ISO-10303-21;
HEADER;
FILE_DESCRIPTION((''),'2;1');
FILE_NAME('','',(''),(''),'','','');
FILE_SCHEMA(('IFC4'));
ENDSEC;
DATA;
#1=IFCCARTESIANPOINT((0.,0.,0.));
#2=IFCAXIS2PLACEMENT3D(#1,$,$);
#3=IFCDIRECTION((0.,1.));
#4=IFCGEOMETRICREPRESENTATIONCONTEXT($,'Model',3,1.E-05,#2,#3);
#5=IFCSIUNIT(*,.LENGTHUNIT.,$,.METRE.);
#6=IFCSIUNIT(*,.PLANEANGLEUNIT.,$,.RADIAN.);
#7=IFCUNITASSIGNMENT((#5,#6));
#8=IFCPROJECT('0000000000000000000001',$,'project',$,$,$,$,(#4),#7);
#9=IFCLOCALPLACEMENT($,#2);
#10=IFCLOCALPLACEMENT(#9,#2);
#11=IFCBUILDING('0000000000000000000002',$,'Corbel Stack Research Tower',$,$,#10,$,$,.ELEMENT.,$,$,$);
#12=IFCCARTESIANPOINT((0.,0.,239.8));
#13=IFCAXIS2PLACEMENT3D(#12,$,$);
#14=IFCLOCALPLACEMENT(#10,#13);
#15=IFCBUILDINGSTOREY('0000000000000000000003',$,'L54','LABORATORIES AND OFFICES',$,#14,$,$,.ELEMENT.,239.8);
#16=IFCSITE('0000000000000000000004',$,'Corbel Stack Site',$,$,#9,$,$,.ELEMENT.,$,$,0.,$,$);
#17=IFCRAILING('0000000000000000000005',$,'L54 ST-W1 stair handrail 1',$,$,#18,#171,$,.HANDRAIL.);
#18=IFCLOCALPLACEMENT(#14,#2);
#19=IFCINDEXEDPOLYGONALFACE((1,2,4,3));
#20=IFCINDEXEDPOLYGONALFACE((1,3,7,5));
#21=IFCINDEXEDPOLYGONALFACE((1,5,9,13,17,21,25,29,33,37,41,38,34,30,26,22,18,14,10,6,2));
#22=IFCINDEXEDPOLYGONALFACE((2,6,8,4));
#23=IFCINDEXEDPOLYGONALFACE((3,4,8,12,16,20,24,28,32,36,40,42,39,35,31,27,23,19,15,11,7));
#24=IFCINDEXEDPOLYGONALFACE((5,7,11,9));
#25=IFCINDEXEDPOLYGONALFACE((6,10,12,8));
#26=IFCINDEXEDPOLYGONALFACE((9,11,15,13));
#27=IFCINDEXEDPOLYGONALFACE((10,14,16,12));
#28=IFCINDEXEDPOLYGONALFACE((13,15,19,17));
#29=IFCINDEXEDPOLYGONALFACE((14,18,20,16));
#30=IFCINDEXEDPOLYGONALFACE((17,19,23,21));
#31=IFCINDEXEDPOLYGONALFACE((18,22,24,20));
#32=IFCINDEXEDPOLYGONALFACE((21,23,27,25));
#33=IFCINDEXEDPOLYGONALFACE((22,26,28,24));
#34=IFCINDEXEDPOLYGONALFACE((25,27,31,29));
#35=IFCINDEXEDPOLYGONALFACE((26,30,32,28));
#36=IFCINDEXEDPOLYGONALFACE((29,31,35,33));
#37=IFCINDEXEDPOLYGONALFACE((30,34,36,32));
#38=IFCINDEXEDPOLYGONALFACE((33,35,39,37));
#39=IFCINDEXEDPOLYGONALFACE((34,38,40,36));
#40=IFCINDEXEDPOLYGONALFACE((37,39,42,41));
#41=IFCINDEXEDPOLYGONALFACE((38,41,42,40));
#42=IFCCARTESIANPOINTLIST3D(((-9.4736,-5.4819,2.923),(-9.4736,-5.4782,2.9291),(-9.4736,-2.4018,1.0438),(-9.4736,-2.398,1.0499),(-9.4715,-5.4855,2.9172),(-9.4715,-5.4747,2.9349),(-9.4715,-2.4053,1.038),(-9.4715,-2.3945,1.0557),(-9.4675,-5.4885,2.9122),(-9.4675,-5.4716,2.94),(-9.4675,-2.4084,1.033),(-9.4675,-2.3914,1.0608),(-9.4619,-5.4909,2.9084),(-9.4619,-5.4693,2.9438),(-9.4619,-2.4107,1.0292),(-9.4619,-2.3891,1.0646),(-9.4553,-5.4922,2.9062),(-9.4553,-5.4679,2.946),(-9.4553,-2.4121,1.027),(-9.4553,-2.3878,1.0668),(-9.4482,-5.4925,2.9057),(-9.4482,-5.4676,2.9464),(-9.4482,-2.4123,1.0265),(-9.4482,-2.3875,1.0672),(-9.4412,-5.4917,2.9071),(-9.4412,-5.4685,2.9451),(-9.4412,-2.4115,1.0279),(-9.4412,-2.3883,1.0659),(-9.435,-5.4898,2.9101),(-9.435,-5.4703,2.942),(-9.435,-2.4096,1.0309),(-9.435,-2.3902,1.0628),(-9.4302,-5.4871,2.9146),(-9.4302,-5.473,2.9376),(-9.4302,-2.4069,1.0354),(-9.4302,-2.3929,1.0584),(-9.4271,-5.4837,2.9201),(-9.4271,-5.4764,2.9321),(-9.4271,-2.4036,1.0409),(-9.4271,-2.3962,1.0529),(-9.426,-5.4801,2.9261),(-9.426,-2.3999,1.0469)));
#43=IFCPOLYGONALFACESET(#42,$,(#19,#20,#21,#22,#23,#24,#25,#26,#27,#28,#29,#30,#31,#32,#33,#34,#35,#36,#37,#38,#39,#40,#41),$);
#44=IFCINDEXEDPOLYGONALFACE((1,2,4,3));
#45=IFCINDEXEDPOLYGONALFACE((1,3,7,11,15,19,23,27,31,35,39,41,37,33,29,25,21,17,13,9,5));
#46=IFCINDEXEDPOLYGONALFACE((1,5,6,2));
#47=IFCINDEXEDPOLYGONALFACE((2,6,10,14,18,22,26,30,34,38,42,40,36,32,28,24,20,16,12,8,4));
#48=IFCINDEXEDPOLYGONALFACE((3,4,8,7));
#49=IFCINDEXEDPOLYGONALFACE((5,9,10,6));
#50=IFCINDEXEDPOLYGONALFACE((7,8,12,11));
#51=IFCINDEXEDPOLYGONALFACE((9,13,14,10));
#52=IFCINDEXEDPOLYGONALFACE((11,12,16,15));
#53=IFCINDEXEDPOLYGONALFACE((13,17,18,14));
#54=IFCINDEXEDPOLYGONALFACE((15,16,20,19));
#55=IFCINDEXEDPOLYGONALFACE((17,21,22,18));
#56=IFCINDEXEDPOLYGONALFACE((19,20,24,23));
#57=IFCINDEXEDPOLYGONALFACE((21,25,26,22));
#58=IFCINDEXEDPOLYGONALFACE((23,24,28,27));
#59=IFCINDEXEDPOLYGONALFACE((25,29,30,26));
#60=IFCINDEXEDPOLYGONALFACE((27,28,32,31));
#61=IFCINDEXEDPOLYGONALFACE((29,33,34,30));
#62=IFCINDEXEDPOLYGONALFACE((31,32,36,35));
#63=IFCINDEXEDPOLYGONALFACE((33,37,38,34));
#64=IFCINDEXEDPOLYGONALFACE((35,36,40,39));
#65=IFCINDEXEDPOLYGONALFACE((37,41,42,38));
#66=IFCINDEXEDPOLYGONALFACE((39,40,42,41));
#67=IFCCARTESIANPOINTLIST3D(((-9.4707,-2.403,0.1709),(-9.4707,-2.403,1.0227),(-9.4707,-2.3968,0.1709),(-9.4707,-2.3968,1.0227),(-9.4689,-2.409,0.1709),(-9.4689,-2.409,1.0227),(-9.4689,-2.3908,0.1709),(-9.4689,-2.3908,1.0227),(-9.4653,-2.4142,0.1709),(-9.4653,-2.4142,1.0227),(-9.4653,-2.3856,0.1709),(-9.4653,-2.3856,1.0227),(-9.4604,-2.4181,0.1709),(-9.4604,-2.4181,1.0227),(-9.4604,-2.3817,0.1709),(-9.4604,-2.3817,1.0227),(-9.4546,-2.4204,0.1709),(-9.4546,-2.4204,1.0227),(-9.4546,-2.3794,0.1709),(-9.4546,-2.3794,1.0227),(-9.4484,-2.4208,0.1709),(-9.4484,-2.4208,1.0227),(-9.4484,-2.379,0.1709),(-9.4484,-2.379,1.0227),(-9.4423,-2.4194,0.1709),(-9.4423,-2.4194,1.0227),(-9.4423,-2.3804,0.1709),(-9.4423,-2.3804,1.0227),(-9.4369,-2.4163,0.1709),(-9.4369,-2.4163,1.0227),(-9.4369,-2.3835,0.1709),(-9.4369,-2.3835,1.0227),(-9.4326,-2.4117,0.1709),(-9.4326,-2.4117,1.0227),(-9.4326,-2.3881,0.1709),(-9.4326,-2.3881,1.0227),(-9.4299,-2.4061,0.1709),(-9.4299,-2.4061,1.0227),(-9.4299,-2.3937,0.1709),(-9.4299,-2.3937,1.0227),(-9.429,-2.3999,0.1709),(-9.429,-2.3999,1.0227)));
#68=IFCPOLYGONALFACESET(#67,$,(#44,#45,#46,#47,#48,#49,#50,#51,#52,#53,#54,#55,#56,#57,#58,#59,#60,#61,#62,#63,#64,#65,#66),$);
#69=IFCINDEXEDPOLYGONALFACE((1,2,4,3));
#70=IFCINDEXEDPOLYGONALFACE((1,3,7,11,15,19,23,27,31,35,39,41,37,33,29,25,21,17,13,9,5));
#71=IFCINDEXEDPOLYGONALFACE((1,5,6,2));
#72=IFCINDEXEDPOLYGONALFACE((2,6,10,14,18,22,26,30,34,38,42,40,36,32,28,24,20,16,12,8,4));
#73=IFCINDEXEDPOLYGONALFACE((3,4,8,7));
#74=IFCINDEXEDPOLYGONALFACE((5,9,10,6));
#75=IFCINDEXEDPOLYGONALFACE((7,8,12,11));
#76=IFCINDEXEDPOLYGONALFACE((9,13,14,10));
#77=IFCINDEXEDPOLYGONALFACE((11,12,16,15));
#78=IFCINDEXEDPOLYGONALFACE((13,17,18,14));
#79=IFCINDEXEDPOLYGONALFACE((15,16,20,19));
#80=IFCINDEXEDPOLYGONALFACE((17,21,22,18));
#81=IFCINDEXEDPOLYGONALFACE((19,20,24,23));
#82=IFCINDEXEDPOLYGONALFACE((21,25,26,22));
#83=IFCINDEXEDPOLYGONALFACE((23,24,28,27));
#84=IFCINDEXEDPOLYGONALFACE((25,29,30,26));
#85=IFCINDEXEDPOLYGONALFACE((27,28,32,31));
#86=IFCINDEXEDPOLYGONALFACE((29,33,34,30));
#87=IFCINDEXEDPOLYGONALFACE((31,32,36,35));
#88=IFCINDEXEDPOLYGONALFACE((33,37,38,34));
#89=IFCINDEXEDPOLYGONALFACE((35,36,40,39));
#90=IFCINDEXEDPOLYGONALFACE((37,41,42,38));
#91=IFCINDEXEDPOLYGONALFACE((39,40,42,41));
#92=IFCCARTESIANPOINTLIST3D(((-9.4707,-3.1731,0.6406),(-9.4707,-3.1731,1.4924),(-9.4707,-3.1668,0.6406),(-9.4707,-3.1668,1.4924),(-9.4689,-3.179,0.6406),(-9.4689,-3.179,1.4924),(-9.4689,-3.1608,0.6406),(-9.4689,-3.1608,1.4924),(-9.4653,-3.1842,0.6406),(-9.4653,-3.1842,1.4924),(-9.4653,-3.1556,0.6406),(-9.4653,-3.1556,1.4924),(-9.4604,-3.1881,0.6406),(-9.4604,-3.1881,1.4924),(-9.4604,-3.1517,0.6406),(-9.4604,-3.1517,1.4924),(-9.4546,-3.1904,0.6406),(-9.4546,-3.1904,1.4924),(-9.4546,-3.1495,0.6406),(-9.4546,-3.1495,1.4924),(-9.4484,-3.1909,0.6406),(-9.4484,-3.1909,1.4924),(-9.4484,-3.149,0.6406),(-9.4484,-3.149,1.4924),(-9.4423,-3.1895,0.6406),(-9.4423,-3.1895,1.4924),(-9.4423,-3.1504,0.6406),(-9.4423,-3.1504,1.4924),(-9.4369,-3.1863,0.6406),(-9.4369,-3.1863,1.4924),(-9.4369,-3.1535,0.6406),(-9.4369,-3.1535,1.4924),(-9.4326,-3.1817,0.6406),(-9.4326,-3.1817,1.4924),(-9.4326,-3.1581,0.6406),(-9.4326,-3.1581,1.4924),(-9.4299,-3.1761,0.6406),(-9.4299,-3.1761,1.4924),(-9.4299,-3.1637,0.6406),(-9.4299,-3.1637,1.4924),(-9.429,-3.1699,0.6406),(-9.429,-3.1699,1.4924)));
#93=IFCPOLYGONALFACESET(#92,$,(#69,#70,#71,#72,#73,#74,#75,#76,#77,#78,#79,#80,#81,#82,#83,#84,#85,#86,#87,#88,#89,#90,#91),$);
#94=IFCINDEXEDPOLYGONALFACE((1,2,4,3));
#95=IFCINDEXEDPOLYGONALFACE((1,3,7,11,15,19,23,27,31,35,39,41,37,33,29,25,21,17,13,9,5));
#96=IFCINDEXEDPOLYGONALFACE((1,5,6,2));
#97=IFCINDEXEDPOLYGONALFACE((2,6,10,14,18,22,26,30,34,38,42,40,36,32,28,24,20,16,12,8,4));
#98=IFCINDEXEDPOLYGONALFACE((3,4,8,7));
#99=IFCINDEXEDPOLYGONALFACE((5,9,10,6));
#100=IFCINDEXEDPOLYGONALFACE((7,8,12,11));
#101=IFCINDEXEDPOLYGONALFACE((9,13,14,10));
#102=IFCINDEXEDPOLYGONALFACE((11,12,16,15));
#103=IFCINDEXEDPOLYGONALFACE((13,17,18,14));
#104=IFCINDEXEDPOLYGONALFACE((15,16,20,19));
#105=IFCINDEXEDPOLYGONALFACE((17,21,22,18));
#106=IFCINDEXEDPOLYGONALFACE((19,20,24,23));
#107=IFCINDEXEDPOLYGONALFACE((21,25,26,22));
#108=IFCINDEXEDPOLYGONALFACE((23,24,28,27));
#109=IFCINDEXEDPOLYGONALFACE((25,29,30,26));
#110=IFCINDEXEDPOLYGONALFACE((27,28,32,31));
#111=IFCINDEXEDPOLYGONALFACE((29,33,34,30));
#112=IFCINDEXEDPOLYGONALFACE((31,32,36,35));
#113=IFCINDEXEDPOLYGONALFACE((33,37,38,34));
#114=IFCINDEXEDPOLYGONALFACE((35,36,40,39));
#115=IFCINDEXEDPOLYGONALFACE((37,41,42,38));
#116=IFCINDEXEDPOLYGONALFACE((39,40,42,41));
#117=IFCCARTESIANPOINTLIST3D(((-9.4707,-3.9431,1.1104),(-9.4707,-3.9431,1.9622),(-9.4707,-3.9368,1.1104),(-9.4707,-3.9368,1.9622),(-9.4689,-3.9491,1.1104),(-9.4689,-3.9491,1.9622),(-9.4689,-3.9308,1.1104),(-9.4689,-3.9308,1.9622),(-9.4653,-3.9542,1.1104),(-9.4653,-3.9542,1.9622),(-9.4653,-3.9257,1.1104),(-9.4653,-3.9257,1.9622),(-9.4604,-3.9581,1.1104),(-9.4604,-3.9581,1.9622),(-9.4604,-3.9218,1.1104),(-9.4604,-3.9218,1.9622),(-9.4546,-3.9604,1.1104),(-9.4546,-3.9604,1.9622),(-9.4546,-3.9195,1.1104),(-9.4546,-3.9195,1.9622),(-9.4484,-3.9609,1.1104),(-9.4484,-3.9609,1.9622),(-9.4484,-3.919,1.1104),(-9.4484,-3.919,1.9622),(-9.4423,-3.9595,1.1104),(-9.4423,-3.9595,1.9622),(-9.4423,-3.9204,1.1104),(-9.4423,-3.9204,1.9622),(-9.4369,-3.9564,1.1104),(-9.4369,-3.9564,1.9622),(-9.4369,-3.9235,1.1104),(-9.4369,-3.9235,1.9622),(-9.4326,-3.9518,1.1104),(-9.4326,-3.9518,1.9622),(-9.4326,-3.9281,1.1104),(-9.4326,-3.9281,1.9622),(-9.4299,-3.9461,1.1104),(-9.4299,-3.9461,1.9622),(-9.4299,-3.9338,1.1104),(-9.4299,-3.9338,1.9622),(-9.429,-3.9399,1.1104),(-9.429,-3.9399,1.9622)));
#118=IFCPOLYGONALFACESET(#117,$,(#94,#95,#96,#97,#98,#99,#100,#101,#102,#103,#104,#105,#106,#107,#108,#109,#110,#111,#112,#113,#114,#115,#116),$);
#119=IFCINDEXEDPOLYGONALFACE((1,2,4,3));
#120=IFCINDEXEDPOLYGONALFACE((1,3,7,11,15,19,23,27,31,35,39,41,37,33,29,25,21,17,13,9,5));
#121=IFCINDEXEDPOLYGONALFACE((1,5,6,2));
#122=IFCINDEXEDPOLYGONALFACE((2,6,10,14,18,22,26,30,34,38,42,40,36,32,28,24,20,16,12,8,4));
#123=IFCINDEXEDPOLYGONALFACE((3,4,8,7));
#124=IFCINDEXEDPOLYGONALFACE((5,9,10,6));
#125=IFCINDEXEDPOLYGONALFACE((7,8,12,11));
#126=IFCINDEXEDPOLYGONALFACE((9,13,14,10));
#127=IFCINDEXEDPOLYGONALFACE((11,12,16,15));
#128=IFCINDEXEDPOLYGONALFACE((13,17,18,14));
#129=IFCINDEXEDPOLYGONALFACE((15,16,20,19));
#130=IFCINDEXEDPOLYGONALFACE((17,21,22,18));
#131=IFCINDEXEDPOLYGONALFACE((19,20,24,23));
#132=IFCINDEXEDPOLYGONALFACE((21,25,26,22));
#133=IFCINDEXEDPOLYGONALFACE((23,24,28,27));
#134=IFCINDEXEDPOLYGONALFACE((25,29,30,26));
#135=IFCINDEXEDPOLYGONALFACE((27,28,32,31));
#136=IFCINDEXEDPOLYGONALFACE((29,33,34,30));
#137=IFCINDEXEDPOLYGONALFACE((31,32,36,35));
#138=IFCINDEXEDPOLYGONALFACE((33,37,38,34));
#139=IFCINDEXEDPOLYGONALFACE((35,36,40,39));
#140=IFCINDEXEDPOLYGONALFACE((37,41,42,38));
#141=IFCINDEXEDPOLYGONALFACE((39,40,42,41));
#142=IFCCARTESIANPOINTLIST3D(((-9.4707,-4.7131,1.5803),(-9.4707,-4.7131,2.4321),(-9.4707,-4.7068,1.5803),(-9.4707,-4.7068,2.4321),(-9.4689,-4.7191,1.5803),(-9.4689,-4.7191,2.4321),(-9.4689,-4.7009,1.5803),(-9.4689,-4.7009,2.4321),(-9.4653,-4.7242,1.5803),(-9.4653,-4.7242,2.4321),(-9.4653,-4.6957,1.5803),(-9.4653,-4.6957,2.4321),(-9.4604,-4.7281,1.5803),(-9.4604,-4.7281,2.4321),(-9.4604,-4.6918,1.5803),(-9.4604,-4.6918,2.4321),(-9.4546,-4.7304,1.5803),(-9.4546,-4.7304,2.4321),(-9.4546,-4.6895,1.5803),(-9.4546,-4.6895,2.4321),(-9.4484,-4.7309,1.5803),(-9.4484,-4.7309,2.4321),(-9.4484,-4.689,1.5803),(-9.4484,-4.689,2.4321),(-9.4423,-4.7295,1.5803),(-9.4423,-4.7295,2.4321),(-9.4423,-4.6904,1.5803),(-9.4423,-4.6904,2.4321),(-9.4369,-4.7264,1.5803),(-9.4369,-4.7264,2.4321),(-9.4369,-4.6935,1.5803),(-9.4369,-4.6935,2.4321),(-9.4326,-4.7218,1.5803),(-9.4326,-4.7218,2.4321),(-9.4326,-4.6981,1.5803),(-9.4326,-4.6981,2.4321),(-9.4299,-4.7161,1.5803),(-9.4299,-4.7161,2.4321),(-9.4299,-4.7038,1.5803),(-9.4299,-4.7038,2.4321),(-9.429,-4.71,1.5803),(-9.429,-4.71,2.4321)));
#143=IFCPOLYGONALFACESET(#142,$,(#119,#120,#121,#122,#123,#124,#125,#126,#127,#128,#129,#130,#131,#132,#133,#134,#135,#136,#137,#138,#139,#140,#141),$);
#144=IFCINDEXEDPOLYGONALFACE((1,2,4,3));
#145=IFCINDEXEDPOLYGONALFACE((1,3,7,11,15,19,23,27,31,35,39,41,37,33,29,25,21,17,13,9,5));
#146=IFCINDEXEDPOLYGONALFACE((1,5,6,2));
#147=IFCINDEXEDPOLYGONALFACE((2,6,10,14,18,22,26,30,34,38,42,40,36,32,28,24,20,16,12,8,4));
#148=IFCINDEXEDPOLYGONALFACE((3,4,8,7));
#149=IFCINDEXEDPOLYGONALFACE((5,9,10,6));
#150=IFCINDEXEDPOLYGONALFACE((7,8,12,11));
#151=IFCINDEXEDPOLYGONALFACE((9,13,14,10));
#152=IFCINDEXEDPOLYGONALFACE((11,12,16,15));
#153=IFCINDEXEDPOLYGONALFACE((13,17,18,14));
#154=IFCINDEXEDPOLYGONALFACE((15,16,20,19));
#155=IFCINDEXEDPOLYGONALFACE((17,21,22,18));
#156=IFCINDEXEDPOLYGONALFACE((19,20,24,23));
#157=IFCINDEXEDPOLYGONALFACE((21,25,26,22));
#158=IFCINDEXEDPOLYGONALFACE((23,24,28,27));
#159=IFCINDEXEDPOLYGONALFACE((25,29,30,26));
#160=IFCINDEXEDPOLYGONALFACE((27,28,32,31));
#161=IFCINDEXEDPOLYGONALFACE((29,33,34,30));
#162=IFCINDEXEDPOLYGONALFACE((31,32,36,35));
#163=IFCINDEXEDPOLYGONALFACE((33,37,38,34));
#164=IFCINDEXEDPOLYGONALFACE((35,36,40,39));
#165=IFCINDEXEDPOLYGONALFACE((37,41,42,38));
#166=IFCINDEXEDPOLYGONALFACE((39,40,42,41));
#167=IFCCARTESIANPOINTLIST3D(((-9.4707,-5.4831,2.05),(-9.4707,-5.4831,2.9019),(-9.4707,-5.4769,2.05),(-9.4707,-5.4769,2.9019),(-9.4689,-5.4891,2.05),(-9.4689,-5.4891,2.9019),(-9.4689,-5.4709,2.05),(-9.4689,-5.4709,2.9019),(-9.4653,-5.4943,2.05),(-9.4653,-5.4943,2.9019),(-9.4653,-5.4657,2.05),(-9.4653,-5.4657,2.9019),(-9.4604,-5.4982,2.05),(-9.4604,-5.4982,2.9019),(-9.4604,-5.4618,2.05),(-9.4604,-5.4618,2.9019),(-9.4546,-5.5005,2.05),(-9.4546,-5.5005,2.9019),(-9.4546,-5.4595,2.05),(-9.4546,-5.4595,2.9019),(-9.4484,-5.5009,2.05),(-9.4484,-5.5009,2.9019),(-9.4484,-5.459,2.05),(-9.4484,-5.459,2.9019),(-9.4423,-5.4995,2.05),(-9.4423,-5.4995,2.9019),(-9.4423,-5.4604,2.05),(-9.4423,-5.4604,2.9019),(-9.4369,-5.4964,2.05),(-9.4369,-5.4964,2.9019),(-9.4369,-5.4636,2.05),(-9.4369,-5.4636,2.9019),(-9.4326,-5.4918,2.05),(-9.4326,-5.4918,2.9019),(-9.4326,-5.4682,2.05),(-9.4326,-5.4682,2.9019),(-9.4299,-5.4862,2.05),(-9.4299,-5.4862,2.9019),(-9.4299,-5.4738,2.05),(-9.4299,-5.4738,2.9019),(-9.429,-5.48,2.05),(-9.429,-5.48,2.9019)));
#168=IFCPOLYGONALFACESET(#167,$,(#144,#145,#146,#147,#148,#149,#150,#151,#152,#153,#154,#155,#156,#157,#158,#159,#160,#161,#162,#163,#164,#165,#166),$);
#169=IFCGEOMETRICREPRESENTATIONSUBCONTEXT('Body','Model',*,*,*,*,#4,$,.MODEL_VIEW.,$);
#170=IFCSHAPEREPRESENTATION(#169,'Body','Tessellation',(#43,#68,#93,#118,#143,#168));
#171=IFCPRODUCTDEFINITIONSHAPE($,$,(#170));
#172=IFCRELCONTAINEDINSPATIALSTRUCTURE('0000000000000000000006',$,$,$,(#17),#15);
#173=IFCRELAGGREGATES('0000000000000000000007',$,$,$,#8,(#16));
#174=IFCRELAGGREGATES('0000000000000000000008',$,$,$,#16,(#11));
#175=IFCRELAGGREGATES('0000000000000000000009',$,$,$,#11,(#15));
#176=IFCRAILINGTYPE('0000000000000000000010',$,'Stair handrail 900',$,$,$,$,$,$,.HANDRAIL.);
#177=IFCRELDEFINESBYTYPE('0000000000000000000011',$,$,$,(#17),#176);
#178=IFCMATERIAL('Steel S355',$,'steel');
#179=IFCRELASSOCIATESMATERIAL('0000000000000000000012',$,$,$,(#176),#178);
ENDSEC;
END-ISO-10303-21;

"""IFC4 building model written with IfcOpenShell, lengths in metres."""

from ifc_helpers import new_model, si_unit, direction, frame, origin, origin_2d, place, context, subcontext, project, spatial, circle, extrude, material, type_object, element, save


model = new_model("IFC4")

# Units and contexts
model_context = context("Model", 3, precision=1e-05, world=origin(), true_north=direction((0.0, 1.0)))
body_context = subcontext(model_context, "Body", "Model", "MODEL_VIEW")
ifc_project = project(units=[si_unit("LENGTHUNIT", "METRE"), si_unit("PLANEANGLEUNIT", "RADIAN")], contexts=[model_context])

# Site, building, storey
site_placement = place(None, origin())
site = spatial("IfcSite", under=ifc_project, at=site_placement, Name="Corbel Stack Site", CompositionType="ELEMENT", RefElevation=0.0)
building_placement = place(site_placement, origin())
building = spatial("IfcBuilding", under=site, at=building_placement, Name="Corbel Stack Research Tower", CompositionType="ELEMENT")
storey_placement = place(building_placement, frame((0.0, 0.0, 239.8)))
storey = spatial("IfcBuildingStorey", under=building, at=storey_placement, Name="L54", Description="LABORATORIES AND OFFICES", CompositionType="ELEMENT", Elevation=239.8)

# Railing
ifc_material_1 = material(Name="Steel S355", Category="steel")
railing_type_1 = type_object("IfcRailingType", Name="Stair handrail 900", PredefinedType="HANDRAIL", material=ifc_material_1)
railing_1_placement = place(storey_placement, frame((-9.45, -2.3999, 0.1709)))
element("IfcRailing", 1, at=railing_1_placement, inside=storey, type_object=railing_type_1, Name="L54 ST-W1 stair handrail 1", PredefinedType="HANDRAIL", context=body_context, shape_type="SweptSolid", body=[
    extrude(circle(Radius=0.0239, at=origin_2d()), frame((0.0, 0.0, 0.876), z_axis=(0.0, -0.853666, 0.52082), x_axis=(1.0, 0.0, 0.0)), (0.0, 0.0, 1.0), 3.6082),
    extrude(circle(Radius=0.021, at=origin_2d()), origin(), (0.0, 0.0, 1.0), 0.8518),
    extrude(circle(Radius=0.021, at=origin_2d()), frame((0.0, -0.77, 0.4697)), (0.0, 0.0, 1.0), 0.8518),
    extrude(circle(Radius=0.021, at=origin_2d()), frame((0.0, -1.54, 0.9395)), (0.0, 0.0, 1.0), 0.8518),
    extrude(circle(Radius=0.021, at=origin_2d()), frame((0.0, -2.3101, 1.4094)), (0.0, 0.0, 1.0), 0.8518),
    extrude(circle(Radius=0.021, at=origin_2d()), frame((0.0, -3.0801, 1.8792)), (0.0, 0.0, 1.0), 0.8518),
])

save(model, "model.ifc")
